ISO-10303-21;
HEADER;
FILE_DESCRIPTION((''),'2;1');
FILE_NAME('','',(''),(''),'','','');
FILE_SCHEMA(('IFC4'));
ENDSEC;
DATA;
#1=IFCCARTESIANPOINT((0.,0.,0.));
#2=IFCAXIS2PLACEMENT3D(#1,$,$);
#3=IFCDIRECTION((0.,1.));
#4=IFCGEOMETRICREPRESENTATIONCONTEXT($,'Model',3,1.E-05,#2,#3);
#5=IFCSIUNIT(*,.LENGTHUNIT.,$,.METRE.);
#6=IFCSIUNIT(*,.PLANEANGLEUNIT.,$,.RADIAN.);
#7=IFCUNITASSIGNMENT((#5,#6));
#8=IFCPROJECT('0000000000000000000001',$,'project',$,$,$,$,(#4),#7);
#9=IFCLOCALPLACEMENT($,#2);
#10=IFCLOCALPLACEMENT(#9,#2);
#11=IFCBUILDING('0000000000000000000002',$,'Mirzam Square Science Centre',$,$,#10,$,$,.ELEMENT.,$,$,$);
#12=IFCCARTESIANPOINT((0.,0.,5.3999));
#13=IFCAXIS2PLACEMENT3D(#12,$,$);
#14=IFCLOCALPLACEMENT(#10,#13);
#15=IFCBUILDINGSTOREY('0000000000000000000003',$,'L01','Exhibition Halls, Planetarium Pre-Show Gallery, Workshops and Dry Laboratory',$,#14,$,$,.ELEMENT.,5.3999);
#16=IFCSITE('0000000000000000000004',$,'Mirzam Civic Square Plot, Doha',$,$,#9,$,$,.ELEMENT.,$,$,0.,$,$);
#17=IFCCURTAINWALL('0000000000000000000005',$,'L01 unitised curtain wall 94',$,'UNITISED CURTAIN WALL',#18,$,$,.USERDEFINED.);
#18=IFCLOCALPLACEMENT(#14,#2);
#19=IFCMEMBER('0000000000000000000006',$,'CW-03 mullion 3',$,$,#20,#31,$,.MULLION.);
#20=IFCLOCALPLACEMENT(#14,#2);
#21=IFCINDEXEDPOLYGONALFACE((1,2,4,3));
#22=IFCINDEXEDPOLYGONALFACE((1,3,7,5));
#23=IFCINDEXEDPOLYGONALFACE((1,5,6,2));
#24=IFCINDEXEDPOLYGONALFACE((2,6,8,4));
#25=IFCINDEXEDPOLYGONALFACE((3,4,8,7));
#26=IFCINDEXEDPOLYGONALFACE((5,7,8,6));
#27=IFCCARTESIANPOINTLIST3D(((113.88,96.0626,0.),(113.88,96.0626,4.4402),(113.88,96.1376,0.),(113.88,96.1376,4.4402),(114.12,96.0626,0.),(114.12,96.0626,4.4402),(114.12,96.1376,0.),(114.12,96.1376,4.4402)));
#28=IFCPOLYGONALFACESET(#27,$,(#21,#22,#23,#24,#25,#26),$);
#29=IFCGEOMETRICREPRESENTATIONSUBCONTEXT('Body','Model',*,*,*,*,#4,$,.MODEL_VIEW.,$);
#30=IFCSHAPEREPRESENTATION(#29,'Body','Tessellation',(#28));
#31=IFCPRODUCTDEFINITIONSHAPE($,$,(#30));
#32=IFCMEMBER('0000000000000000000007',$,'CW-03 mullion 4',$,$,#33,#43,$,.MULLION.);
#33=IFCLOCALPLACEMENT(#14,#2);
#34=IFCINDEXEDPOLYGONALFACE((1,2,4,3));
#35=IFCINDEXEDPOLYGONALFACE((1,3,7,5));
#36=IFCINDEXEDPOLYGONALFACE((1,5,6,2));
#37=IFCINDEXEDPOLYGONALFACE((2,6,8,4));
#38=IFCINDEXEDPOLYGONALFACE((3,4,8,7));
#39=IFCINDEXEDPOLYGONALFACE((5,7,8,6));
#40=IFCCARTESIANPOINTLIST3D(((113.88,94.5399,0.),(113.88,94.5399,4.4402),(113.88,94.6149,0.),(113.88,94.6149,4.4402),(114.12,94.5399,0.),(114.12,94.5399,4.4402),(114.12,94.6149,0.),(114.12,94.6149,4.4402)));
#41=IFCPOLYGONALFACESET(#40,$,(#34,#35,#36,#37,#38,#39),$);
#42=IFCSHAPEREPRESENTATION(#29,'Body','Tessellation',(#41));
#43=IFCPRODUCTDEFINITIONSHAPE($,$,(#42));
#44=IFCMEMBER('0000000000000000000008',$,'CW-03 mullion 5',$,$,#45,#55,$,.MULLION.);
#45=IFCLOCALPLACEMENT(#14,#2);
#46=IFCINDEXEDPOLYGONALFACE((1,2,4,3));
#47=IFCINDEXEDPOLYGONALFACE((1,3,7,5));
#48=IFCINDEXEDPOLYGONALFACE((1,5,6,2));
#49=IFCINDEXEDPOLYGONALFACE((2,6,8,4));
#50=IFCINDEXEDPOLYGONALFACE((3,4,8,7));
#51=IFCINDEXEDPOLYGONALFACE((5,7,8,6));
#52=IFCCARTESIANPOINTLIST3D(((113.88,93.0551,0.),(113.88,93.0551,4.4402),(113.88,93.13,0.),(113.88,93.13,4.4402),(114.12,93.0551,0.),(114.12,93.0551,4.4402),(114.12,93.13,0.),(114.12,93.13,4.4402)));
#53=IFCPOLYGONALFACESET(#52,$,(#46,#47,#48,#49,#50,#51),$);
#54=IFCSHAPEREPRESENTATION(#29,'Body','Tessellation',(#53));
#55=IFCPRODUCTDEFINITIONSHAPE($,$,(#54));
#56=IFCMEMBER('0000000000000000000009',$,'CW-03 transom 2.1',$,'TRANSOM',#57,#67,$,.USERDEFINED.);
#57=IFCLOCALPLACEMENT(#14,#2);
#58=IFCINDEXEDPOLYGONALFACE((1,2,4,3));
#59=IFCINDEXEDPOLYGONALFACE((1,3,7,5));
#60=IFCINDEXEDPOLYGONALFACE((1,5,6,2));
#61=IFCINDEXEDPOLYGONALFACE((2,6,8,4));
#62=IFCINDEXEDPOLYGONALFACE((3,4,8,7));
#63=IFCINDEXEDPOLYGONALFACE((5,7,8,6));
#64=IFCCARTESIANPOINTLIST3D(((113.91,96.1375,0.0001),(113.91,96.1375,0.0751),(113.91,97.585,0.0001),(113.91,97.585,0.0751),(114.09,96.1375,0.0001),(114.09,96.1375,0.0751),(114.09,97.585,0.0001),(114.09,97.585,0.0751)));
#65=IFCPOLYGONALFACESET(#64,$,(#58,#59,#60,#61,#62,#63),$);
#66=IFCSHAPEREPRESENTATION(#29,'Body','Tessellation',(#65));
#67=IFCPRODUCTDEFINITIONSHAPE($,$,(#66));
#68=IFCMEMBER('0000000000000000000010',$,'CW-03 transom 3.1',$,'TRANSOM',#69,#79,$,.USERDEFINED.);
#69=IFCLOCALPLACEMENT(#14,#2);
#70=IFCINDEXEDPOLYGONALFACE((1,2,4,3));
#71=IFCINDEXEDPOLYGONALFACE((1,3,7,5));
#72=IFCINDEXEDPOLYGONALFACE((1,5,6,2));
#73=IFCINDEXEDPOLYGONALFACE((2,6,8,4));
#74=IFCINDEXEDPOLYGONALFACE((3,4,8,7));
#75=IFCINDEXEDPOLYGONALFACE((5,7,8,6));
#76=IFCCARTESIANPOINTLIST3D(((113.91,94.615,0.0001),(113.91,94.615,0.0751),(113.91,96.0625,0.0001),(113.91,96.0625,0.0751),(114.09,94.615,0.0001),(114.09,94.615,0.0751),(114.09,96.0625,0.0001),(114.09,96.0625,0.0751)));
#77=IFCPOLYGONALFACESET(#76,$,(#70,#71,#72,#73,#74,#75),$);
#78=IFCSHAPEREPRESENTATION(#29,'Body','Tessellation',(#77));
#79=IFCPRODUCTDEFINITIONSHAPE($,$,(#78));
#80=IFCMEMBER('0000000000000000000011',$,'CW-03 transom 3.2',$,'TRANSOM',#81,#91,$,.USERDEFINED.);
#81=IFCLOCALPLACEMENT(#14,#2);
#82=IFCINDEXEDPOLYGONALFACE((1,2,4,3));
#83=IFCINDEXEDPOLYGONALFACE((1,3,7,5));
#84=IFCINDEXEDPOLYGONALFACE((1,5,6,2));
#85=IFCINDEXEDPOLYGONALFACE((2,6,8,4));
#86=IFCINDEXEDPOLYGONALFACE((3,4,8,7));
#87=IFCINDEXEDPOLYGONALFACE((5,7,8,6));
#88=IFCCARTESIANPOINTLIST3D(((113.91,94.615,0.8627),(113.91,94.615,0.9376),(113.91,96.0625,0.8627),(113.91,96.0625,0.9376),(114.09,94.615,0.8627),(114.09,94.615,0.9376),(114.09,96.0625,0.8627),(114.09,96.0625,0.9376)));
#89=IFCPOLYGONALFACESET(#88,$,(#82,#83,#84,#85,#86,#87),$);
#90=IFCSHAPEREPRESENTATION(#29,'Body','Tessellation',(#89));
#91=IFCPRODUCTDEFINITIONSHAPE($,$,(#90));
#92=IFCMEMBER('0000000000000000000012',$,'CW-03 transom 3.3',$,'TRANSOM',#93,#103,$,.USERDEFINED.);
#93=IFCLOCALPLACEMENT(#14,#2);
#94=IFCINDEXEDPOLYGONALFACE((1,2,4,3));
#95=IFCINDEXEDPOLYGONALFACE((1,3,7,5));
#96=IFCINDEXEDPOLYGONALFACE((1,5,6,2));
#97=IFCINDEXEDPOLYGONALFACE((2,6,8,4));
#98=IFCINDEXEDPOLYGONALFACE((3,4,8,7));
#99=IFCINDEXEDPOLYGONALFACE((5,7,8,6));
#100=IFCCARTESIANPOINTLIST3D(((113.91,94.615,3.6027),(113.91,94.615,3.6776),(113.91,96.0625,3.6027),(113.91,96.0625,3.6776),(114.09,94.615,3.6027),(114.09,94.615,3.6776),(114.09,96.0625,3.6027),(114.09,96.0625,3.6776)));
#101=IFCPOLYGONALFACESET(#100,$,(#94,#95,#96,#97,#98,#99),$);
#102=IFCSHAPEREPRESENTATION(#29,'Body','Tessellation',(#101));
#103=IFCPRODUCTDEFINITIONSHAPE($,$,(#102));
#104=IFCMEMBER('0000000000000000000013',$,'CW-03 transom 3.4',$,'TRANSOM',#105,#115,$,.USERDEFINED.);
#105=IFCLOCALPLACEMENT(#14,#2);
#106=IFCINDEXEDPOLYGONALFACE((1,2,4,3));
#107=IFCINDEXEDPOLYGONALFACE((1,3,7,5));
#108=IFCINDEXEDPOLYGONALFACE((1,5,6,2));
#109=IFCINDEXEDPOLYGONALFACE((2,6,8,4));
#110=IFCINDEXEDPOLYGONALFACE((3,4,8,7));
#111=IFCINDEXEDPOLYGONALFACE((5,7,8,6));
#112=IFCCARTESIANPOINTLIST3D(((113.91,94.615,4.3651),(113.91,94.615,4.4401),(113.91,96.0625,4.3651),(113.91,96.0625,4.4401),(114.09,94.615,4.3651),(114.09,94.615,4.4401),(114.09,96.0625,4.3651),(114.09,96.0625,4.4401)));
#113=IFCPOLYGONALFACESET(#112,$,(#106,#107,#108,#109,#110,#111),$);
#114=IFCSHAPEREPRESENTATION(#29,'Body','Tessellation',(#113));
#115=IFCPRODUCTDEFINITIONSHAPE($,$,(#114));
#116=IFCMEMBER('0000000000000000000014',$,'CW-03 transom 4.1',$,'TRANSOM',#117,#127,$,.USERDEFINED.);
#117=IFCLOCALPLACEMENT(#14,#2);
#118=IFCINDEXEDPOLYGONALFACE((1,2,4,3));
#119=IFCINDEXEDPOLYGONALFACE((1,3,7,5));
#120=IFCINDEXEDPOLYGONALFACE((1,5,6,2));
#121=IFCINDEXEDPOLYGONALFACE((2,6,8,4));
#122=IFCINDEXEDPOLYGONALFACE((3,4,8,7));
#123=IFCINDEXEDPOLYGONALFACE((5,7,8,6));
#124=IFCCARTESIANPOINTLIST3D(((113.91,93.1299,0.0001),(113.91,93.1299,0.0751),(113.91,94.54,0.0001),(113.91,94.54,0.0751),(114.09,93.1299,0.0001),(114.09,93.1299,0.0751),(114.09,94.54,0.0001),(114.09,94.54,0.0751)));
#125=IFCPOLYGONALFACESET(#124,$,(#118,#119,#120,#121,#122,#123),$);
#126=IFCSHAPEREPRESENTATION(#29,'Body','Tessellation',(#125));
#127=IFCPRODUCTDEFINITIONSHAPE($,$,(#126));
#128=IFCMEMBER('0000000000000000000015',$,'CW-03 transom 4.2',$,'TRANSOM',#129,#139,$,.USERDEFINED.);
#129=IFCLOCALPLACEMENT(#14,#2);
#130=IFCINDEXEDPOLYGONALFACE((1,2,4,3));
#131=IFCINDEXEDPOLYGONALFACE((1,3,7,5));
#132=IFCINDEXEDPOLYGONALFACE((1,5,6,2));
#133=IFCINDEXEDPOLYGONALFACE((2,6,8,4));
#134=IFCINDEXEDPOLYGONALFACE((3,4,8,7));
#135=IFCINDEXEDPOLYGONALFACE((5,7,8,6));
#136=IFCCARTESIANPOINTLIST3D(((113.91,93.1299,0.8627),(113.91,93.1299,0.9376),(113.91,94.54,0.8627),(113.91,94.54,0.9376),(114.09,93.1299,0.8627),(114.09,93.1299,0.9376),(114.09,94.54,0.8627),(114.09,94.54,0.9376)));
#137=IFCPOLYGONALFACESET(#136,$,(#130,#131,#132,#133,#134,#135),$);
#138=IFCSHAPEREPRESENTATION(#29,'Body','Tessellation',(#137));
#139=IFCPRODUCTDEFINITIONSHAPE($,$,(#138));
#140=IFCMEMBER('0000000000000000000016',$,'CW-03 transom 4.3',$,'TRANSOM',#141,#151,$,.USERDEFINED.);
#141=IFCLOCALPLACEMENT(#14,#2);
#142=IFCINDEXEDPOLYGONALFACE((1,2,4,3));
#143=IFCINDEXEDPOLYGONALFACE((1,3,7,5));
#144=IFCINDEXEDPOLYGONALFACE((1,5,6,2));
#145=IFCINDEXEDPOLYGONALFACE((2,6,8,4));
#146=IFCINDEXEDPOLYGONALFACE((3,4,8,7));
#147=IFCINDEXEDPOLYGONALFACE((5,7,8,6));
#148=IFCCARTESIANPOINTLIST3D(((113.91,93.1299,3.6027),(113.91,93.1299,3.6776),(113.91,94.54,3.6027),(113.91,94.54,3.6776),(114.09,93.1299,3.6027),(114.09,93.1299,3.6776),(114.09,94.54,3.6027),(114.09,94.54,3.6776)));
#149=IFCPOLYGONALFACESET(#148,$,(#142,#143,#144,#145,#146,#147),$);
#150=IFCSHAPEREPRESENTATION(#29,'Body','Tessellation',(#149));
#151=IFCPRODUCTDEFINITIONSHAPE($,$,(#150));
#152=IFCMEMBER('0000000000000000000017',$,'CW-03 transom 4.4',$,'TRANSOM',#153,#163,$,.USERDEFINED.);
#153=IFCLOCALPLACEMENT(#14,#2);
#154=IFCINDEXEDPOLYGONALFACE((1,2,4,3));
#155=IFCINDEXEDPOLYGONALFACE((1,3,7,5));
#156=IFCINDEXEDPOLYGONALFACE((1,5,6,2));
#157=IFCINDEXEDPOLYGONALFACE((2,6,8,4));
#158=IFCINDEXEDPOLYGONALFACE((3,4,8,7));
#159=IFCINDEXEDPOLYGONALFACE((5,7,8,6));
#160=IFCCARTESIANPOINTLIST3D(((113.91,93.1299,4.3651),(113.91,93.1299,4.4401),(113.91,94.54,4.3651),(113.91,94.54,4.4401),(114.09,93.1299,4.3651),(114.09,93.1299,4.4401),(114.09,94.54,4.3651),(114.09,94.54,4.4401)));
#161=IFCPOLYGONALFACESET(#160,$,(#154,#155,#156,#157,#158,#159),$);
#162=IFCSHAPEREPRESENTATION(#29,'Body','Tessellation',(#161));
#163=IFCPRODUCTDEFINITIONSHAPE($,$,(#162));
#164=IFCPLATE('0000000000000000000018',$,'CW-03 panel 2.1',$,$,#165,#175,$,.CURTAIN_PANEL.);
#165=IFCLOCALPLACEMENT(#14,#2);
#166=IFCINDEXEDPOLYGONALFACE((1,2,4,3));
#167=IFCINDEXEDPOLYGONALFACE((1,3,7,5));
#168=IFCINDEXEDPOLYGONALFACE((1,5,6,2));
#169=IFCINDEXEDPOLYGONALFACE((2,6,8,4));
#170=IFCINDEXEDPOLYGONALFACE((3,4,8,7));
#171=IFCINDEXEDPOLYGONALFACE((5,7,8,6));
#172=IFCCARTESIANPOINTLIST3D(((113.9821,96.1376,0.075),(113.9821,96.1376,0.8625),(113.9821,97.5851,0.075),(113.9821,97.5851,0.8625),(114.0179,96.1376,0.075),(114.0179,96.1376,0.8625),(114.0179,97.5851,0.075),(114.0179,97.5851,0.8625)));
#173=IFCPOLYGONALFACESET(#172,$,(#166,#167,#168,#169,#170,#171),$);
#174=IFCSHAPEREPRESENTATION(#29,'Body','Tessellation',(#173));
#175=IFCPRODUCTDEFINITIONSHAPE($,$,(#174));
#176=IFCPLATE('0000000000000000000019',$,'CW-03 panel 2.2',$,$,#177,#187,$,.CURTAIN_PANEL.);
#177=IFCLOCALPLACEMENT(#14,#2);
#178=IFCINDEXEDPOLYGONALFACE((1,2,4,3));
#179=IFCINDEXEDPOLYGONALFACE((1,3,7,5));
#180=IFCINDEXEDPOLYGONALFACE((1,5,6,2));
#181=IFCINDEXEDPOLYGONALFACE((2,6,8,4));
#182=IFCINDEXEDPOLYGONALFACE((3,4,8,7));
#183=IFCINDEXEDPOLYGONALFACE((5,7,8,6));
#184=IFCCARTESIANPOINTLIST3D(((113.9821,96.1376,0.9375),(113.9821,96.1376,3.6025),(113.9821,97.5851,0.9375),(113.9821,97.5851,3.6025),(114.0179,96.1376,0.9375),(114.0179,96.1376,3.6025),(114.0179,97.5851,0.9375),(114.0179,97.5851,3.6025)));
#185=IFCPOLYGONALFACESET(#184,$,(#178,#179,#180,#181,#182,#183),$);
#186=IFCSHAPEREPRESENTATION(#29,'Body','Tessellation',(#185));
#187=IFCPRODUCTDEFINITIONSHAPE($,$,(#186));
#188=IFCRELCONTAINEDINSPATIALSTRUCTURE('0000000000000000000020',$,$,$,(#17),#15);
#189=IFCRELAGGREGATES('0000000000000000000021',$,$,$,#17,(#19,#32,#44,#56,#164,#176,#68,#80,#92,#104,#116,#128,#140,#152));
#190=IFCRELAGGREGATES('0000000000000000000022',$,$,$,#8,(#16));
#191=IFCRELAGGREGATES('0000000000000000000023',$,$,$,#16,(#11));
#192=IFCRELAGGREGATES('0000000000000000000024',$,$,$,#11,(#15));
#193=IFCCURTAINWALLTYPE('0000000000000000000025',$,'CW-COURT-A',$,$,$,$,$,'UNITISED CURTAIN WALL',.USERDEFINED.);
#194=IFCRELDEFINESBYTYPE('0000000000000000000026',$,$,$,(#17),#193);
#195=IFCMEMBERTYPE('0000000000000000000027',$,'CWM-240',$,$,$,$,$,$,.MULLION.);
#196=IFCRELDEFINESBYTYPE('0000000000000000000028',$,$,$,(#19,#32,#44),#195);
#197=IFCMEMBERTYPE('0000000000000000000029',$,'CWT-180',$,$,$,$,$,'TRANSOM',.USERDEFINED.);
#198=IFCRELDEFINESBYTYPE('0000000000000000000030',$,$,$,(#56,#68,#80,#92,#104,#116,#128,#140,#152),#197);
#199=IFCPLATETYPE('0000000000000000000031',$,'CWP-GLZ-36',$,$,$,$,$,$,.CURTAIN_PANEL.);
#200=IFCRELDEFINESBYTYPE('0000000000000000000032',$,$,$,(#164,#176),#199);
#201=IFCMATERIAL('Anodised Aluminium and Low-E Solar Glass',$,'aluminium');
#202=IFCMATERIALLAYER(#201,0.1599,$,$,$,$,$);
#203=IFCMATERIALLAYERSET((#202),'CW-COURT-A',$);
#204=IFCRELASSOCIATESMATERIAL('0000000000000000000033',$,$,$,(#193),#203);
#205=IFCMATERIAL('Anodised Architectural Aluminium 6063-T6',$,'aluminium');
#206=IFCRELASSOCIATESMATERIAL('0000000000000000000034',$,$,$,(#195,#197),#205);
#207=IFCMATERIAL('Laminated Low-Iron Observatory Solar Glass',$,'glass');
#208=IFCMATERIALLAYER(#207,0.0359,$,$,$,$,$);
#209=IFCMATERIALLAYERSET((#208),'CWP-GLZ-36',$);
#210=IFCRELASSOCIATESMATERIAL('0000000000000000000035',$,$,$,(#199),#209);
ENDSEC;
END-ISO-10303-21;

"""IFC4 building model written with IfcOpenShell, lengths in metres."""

from ifc_helpers import new_model, si_unit, direction, frame, origin, origin_2d, place, context, subcontext, project, spatial, rectangle, extrude, material, layer, layer_set, material_profile, profile_set, type_object, element, aggregate, save


model = new_model("IFC4")

# Units and contexts
model_context = context("Model", 3, precision=1e-05, world=origin(), true_north=direction((0.0, 1.0)))
body_context = subcontext(model_context, "Body", "Model", "MODEL_VIEW")
ifc_project = project(units=[si_unit("LENGTHUNIT", "METRE"), si_unit("PLANEANGLEUNIT", "RADIAN")], contexts=[model_context])

# Site, building, storey
site_placement = place(None, origin())
site = spatial("IfcSite", under=ifc_project, at=site_placement, Name="Mirzam Civic Square Plot, Doha", CompositionType="ELEMENT", RefElevation=0.0)
building_placement = place(site_placement, origin())
building = spatial("IfcBuilding", under=site, at=building_placement, Name="Mirzam Square Science Centre", CompositionType="ELEMENT")
storey_placement = place(building_placement, frame((0.0, 0.0, 5.3999)))
storey = spatial("IfcBuildingStorey", under=building, at=storey_placement, Name="L01", Description="Exhibition Halls, Planetarium Pre-Show Gallery, Workshops and Dry Laboratory", CompositionType="ELEMENT", Elevation=5.3999)

# Curtain wall, members, plates
ifc_material_1 = material(Name="Anodised Aluminium and Low-E Solar Glass", Category="aluminium")
ifc_layer_1 = layer(ifc_material_1, 0.1599)
ifc_layer_set_1 = layer_set([ifc_layer_1], Name="CW-COURT-A")
curtain_wall_type = type_object("IfcCurtainWallType", Name="CW-COURT-A", ElementType="UNITISED CURTAIN WALL", PredefinedType="USERDEFINED", material=ifc_layer_set_1)
curtain_wall_placement = place(storey_placement, origin())
curtain_wall = element("IfcCurtainWall", 1, at=curtain_wall_placement, inside=storey, type_object=curtain_wall_type, Name="L01 unitised curtain wall 94", ObjectType="UNITISED CURTAIN WALL", PredefinedType="USERDEFINED")
ifc_material_2 = material(Name="Anodised Architectural Aluminium 6063-T6", Category="aluminium")
ifc_material_profile_1 = material_profile(ifc_material_2, rectangle(XDim=0.075, YDim=0.24, at=origin_2d()), Name="ALU-MULL-240x75x5")
ifc_profile_set_1 = profile_set([ifc_material_profile_1], Name="Anodised Architectural Aluminium 6063-T6")
member_type_1 = type_object("IfcMemberType", Name="CWM-240", PredefinedType="MULLION", material=ifc_profile_set_1)
member_1_placement = place(storey_placement, frame((114.0, 96.1001, 0.0), z_axis=(0.0, 0.0, 1.0), x_axis=(0.0, -1.0, 0.0)))
member_1 = element("IfcMember", 2, at=member_1_placement, type_object=member_type_1, Name="CW-03 mullion 3", PredefinedType="MULLION", context=body_context, shape_type="SweptSolid", body=[
    extrude(rectangle(XDim=0.075, YDim=0.24, at=origin_2d()), origin(), (0.0, 0.0, 1.0), 4.4402),
])
member_2_placement = place(storey_placement, frame((114.0, 94.5774, 0.0), z_axis=(0.0, 0.0, 1.0), x_axis=(0.0, -1.0, 0.0)))
member_2 = element("IfcMember", 3, at=member_2_placement, type_object=member_type_1, Name="CW-03 mullion 4", PredefinedType="MULLION", context=body_context, shape_type="SweptSolid", body=[
    extrude(rectangle(XDim=0.075, YDim=0.24, at=origin_2d()), origin(), (0.0, 0.0, 1.0), 4.4402),
])
member_3_placement = place(storey_placement, frame((114.0, 93.0925, 0.0), z_axis=(0.0, 0.0, 1.0), x_axis=(0.0, -1.0, 0.0)))
member_3 = element("IfcMember", 4, at=member_3_placement, type_object=member_type_1, Name="CW-03 mullion 5", PredefinedType="MULLION", context=body_context, shape_type="SweptSolid", body=[
    extrude(rectangle(XDim=0.075, YDim=0.24, at=origin_2d()), origin(), (0.0, 0.0, 1.0), 4.4402),
])
ifc_material_profile_2 = material_profile(ifc_material_2, rectangle(XDim=0.1799, YDim=0.075, at=origin_2d()), Name="ALU-TRAN-180x75x5")
ifc_profile_set_2 = profile_set([ifc_material_profile_2], Name="Anodised Architectural Aluminium 6063-T6")
member_type_2 = type_object("IfcMemberType", Name="CWT-180", ElementType="TRANSOM", PredefinedType="USERDEFINED", material=ifc_profile_set_2)
member_4_placement = place(storey_placement, frame((114.0, 97.585, 0.0376), z_axis=(0.0, -1.0, 0.0), x_axis=(1.0, 0.0, 0.0)))
member_4 = element("IfcMember", 5, at=member_4_placement, type_object=member_type_2, Name="CW-03 transom 2.1", ObjectType="TRANSOM", PredefinedType="USERDEFINED", context=body_context, shape_type="SweptSolid", body=[
    extrude(rectangle(XDim=0.1799, YDim=0.075, at=origin_2d()), origin(), (0.0, 0.0, 1.0), 1.4475),
])
member_5_placement = place(storey_placement, frame((114.0, 96.0625, 0.0376), z_axis=(0.0, -1.0, 0.0), x_axis=(1.0, 0.0, 0.0)))
member_5 = element("IfcMember", 6, at=member_5_placement, type_object=member_type_2, Name="CW-03 transom 3.1", ObjectType="TRANSOM", PredefinedType="USERDEFINED", context=body_context, shape_type="SweptSolid", body=[
    extrude(rectangle(XDim=0.1799, YDim=0.075, at=origin_2d()), origin(), (0.0, 0.0, 1.0), 1.4475),
])
member_6_placement = place(storey_placement, frame((114.0, 96.0625, 0.9001), z_axis=(0.0, -1.0, 0.0), x_axis=(1.0, 0.0, 0.0)))
member_6 = element("IfcMember", 7, at=member_6_placement, type_object=member_type_2, Name="CW-03 transom 3.2", ObjectType="TRANSOM", PredefinedType="USERDEFINED", context=body_context, shape_type="SweptSolid", body=[
    extrude(rectangle(XDim=0.1799, YDim=0.075, at=origin_2d()), origin(), (0.0, 0.0, 1.0), 1.4475),
])
member_7_placement = place(storey_placement, frame((114.0, 96.0625, 3.6401), z_axis=(0.0, -1.0, 0.0), x_axis=(1.0, 0.0, 0.0)))
member_7 = element("IfcMember", 8, at=member_7_placement, type_object=member_type_2, Name="CW-03 transom 3.3", ObjectType="TRANSOM", PredefinedType="USERDEFINED", context=body_context, shape_type="SweptSolid", body=[
    extrude(rectangle(XDim=0.1799, YDim=0.075, at=origin_2d()), origin(), (0.0, 0.0, 1.0), 1.4475),
])
member_8_placement = place(storey_placement, frame((114.0, 96.0625, 4.4026), z_axis=(0.0, -1.0, 0.0), x_axis=(1.0, 0.0, 0.0)))
member_8 = element("IfcMember", 9, at=member_8_placement, type_object=member_type_2, Name="CW-03 transom 3.4", ObjectType="TRANSOM", PredefinedType="USERDEFINED", context=body_context, shape_type="SweptSolid", body=[
    extrude(rectangle(XDim=0.1799, YDim=0.075, at=origin_2d()), origin(), (0.0, 0.0, 1.0), 1.4475),
])
member_9_placement = place(storey_placement, frame((114.0, 94.54, 0.0376), z_axis=(0.0, -1.0, 0.0), x_axis=(1.0, 0.0, 0.0)))
member_9 = element("IfcMember", 10, at=member_9_placement, type_object=member_type_2, Name="CW-03 transom 4.1", ObjectType="TRANSOM", PredefinedType="USERDEFINED", context=body_context, shape_type="SweptSolid", body=[
    extrude(rectangle(XDim=0.1799, YDim=0.075, at=origin_2d()), origin(), (0.0, 0.0, 1.0), 1.4102),
])
member_10_placement = place(storey_placement, frame((114.0, 94.54, 0.9001), z_axis=(0.0, -1.0, 0.0), x_axis=(1.0, 0.0, 0.0)))
member_10 = element("IfcMember", 11, at=member_10_placement, type_object=member_type_2, Name="CW-03 transom 4.2", ObjectType="TRANSOM", PredefinedType="USERDEFINED", context=body_context, shape_type="SweptSolid", body=[
    extrude(rectangle(XDim=0.1799, YDim=0.075, at=origin_2d()), origin(), (0.0, 0.0, 1.0), 1.4102),
])
member_11_placement = place(storey_placement, frame((114.0, 94.54, 3.6401), z_axis=(0.0, -1.0, 0.0), x_axis=(1.0, 0.0, 0.0)))
member_11 = element("IfcMember", 12, at=member_11_placement, type_object=member_type_2, Name="CW-03 transom 4.3", ObjectType="TRANSOM", PredefinedType="USERDEFINED", context=body_context, shape_type="SweptSolid", body=[
    extrude(rectangle(XDim=0.1799, YDim=0.075, at=origin_2d()), origin(), (0.0, 0.0, 1.0), 1.4102),
])
member_12_placement = place(storey_placement, frame((114.0, 94.54, 4.4026), z_axis=(0.0, -1.0, 0.0), x_axis=(1.0, 0.0, 0.0)))
member_12 = element("IfcMember", 13, at=member_12_placement, type_object=member_type_2, Name="CW-03 transom 4.4", ObjectType="TRANSOM", PredefinedType="USERDEFINED", context=body_context, shape_type="SweptSolid", body=[
    extrude(rectangle(XDim=0.1799, YDim=0.075, at=origin_2d()), origin(), (0.0, 0.0, 1.0), 1.4102),
])
ifc_material_3 = material(Name="Laminated Low-Iron Observatory Solar Glass", Category="glass")
ifc_layer_2 = layer(ifc_material_3, 0.0359)
ifc_layer_set_2 = layer_set([ifc_layer_2], Name="CWP-GLZ-36")
plate_type = type_object("IfcPlateType", Name="CWP-GLZ-36", PredefinedType="CURTAIN_PANEL", material=ifc_layer_set_2)
plate_1_placement = place(storey_placement, frame((114.0, 96.8613, 0.075), z_axis=(0.0, 0.0, 1.0), x_axis=(0.0, -1.0, 0.0)))
plate_1 = element("IfcPlate", 14, at=plate_1_placement, type_object=plate_type, Name="CW-03 panel 2.1", PredefinedType="CURTAIN_PANEL", context=body_context, shape_type="SweptSolid", body=[
    extrude(rectangle(XDim=1.4475, YDim=0.0359, at=origin_2d()), origin(), (0.0, 0.0, 1.0), 0.7876),
])
plate_2_placement = place(storey_placement, frame((114.0, 96.8613, 0.9375), z_axis=(0.0, 0.0, 1.0), x_axis=(0.0, -1.0, 0.0)))
plate_2 = element("IfcPlate", 15, at=plate_2_placement, type_object=plate_type, Name="CW-03 panel 2.2", PredefinedType="CURTAIN_PANEL", context=body_context, shape_type="SweptSolid", body=[
    extrude(rectangle(XDim=1.4475, YDim=0.0359, at=origin_2d()), origin(), (0.0, 0.0, 1.0), 2.665),
])
aggregate(curtain_wall, [member_1, member_2, member_3, member_4, plate_1, plate_2, member_5, member_6, member_7, member_8, member_9, member_10, member_11, member_12])

save(model, "model.ifc")
